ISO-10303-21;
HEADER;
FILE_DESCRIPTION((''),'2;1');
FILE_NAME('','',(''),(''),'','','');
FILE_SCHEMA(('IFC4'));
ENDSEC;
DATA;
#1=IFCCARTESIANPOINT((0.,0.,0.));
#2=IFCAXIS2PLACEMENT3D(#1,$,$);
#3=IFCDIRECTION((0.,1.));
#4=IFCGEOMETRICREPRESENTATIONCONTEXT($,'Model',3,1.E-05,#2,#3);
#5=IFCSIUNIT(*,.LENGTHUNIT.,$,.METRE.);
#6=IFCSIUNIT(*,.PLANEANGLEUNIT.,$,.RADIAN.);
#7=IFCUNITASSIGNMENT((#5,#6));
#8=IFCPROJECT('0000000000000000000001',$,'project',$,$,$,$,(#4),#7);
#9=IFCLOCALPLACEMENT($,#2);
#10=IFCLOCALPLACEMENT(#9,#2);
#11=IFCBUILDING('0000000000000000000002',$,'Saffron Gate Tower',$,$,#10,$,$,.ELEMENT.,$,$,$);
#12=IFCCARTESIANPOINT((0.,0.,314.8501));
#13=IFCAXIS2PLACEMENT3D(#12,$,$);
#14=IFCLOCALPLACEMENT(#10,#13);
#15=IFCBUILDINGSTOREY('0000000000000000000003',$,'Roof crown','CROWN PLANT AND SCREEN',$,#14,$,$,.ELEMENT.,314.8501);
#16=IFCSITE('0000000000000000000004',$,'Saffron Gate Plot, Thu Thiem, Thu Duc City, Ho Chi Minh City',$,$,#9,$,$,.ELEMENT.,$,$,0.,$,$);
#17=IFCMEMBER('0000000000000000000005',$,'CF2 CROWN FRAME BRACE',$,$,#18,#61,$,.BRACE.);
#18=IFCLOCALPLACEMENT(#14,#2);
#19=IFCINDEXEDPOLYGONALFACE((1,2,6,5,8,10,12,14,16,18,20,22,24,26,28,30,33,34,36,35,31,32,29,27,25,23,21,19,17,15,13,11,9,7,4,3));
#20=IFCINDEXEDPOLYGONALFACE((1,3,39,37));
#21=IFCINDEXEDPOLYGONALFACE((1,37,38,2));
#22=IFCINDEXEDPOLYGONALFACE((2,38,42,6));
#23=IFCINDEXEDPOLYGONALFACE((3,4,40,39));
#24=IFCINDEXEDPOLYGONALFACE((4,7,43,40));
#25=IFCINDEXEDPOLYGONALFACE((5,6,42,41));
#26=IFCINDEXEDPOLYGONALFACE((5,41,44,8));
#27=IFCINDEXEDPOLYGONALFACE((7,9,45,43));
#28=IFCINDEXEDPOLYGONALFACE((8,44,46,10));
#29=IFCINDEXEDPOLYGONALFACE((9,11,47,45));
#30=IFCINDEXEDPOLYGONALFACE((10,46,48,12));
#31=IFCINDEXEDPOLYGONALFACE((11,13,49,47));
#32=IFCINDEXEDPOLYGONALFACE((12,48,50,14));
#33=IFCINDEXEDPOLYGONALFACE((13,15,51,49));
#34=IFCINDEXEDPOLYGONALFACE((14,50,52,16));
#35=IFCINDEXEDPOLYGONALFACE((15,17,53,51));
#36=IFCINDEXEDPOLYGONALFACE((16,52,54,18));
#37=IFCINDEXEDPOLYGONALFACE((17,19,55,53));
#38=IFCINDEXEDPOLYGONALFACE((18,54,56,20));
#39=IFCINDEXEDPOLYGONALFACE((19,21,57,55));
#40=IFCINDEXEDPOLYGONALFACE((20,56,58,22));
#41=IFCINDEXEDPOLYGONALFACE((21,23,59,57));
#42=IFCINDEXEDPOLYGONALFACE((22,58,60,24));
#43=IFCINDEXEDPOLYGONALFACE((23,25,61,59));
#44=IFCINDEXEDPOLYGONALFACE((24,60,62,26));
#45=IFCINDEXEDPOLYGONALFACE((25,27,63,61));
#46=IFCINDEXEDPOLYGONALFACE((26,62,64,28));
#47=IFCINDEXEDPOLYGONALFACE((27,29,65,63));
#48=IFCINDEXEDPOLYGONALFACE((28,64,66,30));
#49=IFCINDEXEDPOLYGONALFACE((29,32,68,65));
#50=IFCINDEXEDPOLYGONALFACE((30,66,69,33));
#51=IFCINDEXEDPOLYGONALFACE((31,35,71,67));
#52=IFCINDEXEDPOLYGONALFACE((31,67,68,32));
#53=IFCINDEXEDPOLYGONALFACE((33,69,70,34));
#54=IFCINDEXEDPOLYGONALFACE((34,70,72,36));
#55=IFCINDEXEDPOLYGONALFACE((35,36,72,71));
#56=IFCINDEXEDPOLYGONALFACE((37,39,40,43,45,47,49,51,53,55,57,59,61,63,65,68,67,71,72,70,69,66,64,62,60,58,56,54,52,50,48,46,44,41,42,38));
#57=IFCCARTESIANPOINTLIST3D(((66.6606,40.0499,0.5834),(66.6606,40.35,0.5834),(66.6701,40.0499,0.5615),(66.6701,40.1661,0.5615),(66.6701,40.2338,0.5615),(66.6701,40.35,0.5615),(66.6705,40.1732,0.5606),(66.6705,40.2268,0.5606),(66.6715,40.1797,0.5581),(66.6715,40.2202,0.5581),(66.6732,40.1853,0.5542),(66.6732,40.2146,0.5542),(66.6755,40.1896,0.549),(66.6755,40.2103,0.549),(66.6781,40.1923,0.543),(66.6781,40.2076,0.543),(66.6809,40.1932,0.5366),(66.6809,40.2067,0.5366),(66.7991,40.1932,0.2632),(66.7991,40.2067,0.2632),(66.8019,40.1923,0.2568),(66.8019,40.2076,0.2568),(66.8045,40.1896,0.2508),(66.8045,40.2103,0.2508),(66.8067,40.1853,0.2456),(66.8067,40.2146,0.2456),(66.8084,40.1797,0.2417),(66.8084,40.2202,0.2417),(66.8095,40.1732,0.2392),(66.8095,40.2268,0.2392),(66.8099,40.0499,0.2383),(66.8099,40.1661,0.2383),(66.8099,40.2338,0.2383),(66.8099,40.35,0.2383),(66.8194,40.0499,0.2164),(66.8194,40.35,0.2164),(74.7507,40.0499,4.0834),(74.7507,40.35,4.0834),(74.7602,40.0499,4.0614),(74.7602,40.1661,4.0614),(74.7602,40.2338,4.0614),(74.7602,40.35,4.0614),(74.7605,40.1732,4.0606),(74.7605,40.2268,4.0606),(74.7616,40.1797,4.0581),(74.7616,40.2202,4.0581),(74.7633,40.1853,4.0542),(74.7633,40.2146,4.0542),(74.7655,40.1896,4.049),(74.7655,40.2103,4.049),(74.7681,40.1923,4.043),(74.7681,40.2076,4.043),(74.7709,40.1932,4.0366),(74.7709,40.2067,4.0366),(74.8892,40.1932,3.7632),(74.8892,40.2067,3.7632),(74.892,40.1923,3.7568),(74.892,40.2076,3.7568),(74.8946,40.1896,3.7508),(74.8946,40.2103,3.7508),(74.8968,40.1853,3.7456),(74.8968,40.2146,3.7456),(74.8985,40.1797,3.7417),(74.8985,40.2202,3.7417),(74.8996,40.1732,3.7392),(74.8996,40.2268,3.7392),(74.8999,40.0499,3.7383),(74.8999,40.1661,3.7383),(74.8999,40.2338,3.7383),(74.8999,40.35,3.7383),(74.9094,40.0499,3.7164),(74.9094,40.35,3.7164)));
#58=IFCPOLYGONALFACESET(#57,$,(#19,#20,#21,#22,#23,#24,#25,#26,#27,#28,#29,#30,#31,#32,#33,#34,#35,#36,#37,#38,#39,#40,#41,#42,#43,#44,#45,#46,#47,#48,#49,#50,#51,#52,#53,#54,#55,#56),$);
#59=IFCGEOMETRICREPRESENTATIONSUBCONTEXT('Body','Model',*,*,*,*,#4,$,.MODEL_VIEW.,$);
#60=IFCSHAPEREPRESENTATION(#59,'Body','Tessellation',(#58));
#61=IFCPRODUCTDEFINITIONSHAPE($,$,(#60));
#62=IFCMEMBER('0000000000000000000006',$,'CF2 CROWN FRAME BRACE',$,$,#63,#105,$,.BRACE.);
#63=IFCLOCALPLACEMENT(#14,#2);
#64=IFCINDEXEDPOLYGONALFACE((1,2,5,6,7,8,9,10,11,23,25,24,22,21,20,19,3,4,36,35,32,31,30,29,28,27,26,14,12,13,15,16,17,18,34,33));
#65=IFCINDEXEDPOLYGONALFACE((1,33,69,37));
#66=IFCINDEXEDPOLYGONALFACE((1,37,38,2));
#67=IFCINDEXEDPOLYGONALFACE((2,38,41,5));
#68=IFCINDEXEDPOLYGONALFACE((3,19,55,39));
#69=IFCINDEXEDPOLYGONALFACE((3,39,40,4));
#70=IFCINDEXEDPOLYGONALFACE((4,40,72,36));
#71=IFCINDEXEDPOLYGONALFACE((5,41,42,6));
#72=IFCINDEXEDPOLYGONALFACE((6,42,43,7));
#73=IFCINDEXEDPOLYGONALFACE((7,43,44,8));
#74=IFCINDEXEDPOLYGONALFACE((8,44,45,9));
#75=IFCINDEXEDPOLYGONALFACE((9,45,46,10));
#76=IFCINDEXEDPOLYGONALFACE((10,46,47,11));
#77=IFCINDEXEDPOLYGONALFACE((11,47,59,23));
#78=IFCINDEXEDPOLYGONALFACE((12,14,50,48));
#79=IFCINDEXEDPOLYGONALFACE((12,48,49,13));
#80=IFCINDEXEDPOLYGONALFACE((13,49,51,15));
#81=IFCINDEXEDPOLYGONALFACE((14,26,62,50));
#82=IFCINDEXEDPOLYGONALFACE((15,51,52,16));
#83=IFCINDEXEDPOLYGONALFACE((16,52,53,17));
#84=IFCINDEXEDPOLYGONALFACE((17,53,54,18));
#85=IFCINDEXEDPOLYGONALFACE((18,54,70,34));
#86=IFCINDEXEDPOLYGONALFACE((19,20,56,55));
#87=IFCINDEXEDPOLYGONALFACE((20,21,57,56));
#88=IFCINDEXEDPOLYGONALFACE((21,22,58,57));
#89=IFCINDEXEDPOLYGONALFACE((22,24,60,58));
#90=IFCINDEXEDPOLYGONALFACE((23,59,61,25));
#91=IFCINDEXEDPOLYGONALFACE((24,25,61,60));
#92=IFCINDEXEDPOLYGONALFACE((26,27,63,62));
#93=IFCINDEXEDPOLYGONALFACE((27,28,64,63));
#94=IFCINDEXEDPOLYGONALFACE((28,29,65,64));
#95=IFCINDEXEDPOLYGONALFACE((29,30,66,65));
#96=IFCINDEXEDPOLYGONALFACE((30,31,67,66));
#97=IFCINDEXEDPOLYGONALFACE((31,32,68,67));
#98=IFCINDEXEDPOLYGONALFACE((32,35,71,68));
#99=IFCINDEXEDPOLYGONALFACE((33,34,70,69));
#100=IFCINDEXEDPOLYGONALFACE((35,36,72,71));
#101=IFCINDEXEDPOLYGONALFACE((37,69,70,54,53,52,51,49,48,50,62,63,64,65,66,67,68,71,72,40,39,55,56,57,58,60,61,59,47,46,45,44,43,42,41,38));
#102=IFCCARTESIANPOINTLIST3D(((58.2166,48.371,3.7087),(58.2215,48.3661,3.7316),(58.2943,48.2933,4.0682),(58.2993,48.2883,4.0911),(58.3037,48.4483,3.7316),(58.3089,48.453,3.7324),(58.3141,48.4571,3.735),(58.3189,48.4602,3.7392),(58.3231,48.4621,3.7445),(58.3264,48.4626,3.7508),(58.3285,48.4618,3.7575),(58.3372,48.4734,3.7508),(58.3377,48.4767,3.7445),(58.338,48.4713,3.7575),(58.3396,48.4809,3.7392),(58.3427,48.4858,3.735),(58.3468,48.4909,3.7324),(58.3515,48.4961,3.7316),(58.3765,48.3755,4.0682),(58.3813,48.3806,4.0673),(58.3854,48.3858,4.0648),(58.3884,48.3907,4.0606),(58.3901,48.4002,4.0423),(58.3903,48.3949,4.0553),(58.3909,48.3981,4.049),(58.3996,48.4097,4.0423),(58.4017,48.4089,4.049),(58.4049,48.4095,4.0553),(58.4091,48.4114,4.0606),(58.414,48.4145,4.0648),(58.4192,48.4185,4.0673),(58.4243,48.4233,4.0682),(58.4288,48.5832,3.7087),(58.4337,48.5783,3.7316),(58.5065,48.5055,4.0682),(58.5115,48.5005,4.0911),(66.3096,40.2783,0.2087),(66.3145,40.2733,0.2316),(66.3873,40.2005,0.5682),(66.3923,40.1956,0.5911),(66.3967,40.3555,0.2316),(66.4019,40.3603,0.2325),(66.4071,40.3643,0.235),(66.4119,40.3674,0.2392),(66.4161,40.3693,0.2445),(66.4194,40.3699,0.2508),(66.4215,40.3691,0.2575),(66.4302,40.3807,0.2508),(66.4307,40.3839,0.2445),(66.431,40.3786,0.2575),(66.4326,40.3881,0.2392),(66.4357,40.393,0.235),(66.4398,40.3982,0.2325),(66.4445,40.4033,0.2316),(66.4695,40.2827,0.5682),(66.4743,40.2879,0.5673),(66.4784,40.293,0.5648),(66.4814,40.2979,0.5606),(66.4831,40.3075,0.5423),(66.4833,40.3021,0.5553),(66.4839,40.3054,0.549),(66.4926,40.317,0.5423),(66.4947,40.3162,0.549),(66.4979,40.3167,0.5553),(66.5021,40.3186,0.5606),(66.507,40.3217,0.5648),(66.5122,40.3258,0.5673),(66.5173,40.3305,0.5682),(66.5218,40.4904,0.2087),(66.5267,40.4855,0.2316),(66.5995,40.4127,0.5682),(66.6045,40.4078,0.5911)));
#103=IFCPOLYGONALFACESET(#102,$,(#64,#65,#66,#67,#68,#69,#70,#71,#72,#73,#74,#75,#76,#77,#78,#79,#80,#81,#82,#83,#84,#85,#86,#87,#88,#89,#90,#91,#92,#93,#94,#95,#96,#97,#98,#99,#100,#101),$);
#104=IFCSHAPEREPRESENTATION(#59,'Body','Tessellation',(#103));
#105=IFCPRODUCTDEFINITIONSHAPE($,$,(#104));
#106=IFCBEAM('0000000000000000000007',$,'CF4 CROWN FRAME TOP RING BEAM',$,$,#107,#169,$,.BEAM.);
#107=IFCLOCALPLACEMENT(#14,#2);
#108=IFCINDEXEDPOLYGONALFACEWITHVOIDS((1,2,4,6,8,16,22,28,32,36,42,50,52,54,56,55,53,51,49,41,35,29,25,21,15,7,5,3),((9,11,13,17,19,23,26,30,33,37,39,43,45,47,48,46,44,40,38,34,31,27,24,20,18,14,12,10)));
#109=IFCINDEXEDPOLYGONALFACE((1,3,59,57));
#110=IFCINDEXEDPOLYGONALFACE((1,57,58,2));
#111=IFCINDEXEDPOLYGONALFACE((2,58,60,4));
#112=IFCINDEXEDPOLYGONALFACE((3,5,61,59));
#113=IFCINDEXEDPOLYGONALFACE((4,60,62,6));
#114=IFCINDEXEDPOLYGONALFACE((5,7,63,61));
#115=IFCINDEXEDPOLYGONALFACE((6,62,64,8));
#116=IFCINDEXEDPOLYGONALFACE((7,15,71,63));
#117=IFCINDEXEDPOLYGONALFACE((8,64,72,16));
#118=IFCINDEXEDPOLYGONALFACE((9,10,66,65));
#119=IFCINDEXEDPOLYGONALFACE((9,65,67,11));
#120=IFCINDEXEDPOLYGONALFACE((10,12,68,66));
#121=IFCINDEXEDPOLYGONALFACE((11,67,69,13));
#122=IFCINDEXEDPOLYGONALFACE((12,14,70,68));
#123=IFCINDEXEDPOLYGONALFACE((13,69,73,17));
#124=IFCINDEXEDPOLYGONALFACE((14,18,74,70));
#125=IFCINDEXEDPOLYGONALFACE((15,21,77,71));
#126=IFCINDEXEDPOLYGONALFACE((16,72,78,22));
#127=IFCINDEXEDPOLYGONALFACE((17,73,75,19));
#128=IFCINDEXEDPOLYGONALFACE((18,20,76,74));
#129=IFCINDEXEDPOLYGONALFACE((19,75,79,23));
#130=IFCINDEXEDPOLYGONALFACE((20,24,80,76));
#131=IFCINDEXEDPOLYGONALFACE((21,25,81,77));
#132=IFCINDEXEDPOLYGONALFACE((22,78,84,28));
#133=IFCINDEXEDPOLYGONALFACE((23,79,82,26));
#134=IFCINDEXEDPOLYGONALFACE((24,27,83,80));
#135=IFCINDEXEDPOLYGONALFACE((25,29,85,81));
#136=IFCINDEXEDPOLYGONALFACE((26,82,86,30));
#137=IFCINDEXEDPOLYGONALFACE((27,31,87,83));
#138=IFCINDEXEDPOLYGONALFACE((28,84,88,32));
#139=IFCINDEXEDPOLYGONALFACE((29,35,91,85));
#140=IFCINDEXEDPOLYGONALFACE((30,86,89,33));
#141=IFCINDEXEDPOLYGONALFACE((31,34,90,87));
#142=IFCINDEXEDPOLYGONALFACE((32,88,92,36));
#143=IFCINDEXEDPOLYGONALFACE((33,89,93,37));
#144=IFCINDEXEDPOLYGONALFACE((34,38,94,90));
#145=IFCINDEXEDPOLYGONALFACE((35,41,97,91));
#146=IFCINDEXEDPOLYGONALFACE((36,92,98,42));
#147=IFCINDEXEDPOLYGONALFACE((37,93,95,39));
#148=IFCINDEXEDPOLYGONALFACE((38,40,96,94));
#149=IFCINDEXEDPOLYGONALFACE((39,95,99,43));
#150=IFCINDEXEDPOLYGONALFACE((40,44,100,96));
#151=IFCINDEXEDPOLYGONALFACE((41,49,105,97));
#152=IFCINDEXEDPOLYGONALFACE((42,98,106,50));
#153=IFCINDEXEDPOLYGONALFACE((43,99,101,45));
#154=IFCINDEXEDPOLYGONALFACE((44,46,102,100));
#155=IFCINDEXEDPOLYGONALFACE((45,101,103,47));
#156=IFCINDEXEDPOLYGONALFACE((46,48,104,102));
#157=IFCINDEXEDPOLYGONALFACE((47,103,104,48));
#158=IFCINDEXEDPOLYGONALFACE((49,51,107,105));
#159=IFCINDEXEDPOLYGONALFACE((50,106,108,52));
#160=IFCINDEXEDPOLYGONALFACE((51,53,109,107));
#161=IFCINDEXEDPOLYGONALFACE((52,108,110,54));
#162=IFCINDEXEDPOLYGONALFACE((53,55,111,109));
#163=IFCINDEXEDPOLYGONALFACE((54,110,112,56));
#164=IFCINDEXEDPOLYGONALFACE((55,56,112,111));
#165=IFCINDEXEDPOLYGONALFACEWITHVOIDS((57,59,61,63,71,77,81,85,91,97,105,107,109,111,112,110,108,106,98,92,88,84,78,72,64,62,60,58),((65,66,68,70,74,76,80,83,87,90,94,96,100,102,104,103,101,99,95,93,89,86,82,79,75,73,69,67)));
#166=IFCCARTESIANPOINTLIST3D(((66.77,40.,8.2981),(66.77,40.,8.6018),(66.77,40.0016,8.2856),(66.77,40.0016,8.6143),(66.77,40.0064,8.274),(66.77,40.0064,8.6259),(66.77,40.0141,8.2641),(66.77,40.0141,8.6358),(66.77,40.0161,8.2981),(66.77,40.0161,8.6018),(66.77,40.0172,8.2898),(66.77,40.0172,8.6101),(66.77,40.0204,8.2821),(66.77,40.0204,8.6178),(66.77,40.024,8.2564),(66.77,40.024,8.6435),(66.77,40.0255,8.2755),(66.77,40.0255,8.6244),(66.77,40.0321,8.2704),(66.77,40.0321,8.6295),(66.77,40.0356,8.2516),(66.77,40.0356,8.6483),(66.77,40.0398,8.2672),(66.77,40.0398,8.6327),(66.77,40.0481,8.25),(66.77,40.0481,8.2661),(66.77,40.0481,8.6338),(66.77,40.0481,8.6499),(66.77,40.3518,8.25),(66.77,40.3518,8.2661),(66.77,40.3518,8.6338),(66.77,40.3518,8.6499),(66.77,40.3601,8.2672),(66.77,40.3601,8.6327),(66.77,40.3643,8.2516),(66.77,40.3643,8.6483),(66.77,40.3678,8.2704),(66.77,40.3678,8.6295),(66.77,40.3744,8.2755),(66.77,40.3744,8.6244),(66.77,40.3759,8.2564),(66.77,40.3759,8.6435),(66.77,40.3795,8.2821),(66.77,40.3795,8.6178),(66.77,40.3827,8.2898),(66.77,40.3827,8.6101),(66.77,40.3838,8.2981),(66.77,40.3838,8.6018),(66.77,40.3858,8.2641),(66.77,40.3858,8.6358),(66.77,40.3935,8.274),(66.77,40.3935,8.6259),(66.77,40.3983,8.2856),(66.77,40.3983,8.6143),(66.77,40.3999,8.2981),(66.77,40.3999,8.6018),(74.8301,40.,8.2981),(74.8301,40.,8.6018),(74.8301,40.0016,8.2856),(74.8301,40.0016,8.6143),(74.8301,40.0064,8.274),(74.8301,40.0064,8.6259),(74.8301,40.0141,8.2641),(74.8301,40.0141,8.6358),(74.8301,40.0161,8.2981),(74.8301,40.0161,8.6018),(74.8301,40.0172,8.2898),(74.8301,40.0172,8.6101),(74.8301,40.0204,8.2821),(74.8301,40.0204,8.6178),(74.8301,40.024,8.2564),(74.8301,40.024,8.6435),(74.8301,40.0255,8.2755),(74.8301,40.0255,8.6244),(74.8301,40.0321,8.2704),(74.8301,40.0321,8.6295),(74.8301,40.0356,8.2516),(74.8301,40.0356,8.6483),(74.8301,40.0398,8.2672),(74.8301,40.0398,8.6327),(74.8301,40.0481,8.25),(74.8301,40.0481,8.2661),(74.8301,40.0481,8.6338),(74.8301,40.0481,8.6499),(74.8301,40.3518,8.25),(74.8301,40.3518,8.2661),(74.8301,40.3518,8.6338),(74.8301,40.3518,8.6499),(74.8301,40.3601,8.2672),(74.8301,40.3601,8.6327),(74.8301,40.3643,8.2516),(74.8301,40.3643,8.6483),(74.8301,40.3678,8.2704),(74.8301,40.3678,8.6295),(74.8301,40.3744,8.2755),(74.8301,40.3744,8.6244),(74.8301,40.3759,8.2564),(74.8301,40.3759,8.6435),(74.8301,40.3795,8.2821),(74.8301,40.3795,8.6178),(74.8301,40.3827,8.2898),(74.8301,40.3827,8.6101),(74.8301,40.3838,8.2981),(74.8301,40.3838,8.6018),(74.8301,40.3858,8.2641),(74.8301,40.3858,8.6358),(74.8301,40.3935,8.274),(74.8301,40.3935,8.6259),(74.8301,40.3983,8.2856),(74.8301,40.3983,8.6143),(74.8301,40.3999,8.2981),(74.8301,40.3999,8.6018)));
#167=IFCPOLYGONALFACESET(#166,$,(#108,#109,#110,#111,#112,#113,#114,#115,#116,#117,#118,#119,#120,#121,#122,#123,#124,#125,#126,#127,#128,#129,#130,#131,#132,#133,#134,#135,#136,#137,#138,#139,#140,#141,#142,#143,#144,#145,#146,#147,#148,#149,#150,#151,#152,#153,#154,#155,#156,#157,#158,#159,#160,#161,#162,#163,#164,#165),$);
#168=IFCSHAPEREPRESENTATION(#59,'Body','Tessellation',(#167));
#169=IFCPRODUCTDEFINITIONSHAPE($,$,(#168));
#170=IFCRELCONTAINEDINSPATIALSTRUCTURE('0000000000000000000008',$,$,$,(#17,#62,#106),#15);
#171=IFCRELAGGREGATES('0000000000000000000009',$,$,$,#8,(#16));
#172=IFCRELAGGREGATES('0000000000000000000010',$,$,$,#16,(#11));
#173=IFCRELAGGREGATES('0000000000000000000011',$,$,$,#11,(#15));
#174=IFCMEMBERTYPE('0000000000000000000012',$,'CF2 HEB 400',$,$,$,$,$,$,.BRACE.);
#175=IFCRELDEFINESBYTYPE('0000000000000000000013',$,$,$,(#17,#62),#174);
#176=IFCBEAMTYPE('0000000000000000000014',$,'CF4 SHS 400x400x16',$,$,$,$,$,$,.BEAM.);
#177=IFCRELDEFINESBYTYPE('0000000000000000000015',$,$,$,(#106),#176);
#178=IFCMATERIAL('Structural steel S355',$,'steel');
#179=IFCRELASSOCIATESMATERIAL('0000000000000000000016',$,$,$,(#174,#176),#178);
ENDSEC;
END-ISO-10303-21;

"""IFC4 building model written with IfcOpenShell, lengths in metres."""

from ifc_helpers import new_model, si_unit, direction, frame, origin, origin_2d, place, context, subcontext, project, spatial, hollow_rectangle, i_section, extrude, material, material_profile, profile_set, type_object, element, save


model = new_model("IFC4")

# Units and contexts
model_context = context("Model", 3, precision=1e-05, world=origin(), true_north=direction((0.0, 1.0)))
body_context = subcontext(model_context, "Body", "Model", "MODEL_VIEW")
ifc_project = project(units=[si_unit("LENGTHUNIT", "METRE"), si_unit("PLANEANGLEUNIT", "RADIAN")], contexts=[model_context])

# Site, building, storey
site_placement = place(None, origin())
site = spatial("IfcSite", under=ifc_project, at=site_placement, Name="Saffron Gate Plot, Thu Thiem, Thu Duc City, Ho Chi Minh City", CompositionType="ELEMENT", RefElevation=0.0)
building_placement = place(site_placement, origin())
building = spatial("IfcBuilding", under=site, at=building_placement, Name="Saffron Gate Tower", CompositionType="ELEMENT")
storey_placement = place(building_placement, frame((0.0, 0.0, 314.8501)))
storey = spatial("IfcBuildingStorey", under=building, at=storey_placement, Name="Roof crown", Description="CROWN PLANT AND SCREEN", CompositionType="ELEMENT", Elevation=314.8501)

# Shared definitions
ifc_material_1 = material(Name="Structural steel S355", Category="steel")

# Members
ifc_material_profile_1 = material_profile(ifc_material_1, i_section(OverallWidth=0.3, OverallDepth=0.3999, WebThickness=0.0134, FlangeThickness=0.0239, FilletRadius=0.0271, at=origin_2d()))
ifc_profile_set_1 = profile_set([ifc_material_profile_1], Name="Structural steel S355")
member_type_1 = type_object("IfcMemberType", Name="CF2 HEB 400", PredefinedType="BRACE", material=ifc_profile_set_1)
member_1_placement = place(storey_placement, frame((66.74, 40.2, 0.3999), z_axis=(0.917792, 0.0, 0.397062), x_axis=(0.0, 1.0, 0.0)))
element("IfcMember", 1, at=member_1_placement, inside=storey, type_object=member_type_1, Name="CF2 CROWN FRAME BRACE", PredefinedType="BRACE", context=body_context, shape_type="SweptSolid", body=[
    extrude(i_section(OverallWidth=0.3, OverallDepth=0.3999, WebThickness=0.0134, FlangeThickness=0.0239, FilletRadius=0.0271, at=origin_2d()), origin(), (0.0, 0.0, 1.0), 8.8147),
])
member_2_placement = place(storey_placement, frame((66.457, 40.343, 0.3999), z_axis=(-0.676205, 0.676185, 0.292439), x_axis=(-0.707096, -0.707117, 0.0)))
element("IfcMember", 2, at=member_2_placement, inside=storey, type_object=member_type_1, Name="CF2 CROWN FRAME BRACE", PredefinedType="BRACE", context=body_context, shape_type="SweptSolid", body=[
    extrude(i_section(OverallWidth=0.3, OverallDepth=0.3999, WebThickness=0.0134, FlangeThickness=0.0239, FilletRadius=0.0271, at=origin_2d()), origin(), (0.0, 0.0, 1.0), 11.9683),
])

# Beam
ifc_material_profile_2 = material_profile(ifc_material_1, hollow_rectangle(XDim=0.3999, YDim=0.3999, WallThickness=0.0161, InnerFilletRadius=0.032, OuterFilletRadius=0.0481, at=origin_2d()))
ifc_profile_set_2 = profile_set([ifc_material_profile_2], Name="Structural steel S355")
beam_type_1 = type_object("IfcBeamType", Name="CF4 SHS 400x400x16", PredefinedType="BEAM", material=ifc_profile_set_2)
beam_1_placement = place(storey_placement, frame((66.77, 40.2, 8.45), z_axis=(1.0, 0.0, 0.0), x_axis=(0.0, 1.0, 0.0)))
element("IfcBeam", 3, at=beam_1_placement, inside=storey, type_object=beam_type_1, Name="CF4 CROWN FRAME TOP RING BEAM", PredefinedType="BEAM", context=body_context, shape_type="SweptSolid", body=[
    extrude(hollow_rectangle(XDim=0.3999, YDim=0.3999, WallThickness=0.0161, InnerFilletRadius=0.032, OuterFilletRadius=0.0481, at=origin_2d()), origin(), (0.0, 0.0, 1.0), 8.0601),
])

save(model, "model.ifc")
